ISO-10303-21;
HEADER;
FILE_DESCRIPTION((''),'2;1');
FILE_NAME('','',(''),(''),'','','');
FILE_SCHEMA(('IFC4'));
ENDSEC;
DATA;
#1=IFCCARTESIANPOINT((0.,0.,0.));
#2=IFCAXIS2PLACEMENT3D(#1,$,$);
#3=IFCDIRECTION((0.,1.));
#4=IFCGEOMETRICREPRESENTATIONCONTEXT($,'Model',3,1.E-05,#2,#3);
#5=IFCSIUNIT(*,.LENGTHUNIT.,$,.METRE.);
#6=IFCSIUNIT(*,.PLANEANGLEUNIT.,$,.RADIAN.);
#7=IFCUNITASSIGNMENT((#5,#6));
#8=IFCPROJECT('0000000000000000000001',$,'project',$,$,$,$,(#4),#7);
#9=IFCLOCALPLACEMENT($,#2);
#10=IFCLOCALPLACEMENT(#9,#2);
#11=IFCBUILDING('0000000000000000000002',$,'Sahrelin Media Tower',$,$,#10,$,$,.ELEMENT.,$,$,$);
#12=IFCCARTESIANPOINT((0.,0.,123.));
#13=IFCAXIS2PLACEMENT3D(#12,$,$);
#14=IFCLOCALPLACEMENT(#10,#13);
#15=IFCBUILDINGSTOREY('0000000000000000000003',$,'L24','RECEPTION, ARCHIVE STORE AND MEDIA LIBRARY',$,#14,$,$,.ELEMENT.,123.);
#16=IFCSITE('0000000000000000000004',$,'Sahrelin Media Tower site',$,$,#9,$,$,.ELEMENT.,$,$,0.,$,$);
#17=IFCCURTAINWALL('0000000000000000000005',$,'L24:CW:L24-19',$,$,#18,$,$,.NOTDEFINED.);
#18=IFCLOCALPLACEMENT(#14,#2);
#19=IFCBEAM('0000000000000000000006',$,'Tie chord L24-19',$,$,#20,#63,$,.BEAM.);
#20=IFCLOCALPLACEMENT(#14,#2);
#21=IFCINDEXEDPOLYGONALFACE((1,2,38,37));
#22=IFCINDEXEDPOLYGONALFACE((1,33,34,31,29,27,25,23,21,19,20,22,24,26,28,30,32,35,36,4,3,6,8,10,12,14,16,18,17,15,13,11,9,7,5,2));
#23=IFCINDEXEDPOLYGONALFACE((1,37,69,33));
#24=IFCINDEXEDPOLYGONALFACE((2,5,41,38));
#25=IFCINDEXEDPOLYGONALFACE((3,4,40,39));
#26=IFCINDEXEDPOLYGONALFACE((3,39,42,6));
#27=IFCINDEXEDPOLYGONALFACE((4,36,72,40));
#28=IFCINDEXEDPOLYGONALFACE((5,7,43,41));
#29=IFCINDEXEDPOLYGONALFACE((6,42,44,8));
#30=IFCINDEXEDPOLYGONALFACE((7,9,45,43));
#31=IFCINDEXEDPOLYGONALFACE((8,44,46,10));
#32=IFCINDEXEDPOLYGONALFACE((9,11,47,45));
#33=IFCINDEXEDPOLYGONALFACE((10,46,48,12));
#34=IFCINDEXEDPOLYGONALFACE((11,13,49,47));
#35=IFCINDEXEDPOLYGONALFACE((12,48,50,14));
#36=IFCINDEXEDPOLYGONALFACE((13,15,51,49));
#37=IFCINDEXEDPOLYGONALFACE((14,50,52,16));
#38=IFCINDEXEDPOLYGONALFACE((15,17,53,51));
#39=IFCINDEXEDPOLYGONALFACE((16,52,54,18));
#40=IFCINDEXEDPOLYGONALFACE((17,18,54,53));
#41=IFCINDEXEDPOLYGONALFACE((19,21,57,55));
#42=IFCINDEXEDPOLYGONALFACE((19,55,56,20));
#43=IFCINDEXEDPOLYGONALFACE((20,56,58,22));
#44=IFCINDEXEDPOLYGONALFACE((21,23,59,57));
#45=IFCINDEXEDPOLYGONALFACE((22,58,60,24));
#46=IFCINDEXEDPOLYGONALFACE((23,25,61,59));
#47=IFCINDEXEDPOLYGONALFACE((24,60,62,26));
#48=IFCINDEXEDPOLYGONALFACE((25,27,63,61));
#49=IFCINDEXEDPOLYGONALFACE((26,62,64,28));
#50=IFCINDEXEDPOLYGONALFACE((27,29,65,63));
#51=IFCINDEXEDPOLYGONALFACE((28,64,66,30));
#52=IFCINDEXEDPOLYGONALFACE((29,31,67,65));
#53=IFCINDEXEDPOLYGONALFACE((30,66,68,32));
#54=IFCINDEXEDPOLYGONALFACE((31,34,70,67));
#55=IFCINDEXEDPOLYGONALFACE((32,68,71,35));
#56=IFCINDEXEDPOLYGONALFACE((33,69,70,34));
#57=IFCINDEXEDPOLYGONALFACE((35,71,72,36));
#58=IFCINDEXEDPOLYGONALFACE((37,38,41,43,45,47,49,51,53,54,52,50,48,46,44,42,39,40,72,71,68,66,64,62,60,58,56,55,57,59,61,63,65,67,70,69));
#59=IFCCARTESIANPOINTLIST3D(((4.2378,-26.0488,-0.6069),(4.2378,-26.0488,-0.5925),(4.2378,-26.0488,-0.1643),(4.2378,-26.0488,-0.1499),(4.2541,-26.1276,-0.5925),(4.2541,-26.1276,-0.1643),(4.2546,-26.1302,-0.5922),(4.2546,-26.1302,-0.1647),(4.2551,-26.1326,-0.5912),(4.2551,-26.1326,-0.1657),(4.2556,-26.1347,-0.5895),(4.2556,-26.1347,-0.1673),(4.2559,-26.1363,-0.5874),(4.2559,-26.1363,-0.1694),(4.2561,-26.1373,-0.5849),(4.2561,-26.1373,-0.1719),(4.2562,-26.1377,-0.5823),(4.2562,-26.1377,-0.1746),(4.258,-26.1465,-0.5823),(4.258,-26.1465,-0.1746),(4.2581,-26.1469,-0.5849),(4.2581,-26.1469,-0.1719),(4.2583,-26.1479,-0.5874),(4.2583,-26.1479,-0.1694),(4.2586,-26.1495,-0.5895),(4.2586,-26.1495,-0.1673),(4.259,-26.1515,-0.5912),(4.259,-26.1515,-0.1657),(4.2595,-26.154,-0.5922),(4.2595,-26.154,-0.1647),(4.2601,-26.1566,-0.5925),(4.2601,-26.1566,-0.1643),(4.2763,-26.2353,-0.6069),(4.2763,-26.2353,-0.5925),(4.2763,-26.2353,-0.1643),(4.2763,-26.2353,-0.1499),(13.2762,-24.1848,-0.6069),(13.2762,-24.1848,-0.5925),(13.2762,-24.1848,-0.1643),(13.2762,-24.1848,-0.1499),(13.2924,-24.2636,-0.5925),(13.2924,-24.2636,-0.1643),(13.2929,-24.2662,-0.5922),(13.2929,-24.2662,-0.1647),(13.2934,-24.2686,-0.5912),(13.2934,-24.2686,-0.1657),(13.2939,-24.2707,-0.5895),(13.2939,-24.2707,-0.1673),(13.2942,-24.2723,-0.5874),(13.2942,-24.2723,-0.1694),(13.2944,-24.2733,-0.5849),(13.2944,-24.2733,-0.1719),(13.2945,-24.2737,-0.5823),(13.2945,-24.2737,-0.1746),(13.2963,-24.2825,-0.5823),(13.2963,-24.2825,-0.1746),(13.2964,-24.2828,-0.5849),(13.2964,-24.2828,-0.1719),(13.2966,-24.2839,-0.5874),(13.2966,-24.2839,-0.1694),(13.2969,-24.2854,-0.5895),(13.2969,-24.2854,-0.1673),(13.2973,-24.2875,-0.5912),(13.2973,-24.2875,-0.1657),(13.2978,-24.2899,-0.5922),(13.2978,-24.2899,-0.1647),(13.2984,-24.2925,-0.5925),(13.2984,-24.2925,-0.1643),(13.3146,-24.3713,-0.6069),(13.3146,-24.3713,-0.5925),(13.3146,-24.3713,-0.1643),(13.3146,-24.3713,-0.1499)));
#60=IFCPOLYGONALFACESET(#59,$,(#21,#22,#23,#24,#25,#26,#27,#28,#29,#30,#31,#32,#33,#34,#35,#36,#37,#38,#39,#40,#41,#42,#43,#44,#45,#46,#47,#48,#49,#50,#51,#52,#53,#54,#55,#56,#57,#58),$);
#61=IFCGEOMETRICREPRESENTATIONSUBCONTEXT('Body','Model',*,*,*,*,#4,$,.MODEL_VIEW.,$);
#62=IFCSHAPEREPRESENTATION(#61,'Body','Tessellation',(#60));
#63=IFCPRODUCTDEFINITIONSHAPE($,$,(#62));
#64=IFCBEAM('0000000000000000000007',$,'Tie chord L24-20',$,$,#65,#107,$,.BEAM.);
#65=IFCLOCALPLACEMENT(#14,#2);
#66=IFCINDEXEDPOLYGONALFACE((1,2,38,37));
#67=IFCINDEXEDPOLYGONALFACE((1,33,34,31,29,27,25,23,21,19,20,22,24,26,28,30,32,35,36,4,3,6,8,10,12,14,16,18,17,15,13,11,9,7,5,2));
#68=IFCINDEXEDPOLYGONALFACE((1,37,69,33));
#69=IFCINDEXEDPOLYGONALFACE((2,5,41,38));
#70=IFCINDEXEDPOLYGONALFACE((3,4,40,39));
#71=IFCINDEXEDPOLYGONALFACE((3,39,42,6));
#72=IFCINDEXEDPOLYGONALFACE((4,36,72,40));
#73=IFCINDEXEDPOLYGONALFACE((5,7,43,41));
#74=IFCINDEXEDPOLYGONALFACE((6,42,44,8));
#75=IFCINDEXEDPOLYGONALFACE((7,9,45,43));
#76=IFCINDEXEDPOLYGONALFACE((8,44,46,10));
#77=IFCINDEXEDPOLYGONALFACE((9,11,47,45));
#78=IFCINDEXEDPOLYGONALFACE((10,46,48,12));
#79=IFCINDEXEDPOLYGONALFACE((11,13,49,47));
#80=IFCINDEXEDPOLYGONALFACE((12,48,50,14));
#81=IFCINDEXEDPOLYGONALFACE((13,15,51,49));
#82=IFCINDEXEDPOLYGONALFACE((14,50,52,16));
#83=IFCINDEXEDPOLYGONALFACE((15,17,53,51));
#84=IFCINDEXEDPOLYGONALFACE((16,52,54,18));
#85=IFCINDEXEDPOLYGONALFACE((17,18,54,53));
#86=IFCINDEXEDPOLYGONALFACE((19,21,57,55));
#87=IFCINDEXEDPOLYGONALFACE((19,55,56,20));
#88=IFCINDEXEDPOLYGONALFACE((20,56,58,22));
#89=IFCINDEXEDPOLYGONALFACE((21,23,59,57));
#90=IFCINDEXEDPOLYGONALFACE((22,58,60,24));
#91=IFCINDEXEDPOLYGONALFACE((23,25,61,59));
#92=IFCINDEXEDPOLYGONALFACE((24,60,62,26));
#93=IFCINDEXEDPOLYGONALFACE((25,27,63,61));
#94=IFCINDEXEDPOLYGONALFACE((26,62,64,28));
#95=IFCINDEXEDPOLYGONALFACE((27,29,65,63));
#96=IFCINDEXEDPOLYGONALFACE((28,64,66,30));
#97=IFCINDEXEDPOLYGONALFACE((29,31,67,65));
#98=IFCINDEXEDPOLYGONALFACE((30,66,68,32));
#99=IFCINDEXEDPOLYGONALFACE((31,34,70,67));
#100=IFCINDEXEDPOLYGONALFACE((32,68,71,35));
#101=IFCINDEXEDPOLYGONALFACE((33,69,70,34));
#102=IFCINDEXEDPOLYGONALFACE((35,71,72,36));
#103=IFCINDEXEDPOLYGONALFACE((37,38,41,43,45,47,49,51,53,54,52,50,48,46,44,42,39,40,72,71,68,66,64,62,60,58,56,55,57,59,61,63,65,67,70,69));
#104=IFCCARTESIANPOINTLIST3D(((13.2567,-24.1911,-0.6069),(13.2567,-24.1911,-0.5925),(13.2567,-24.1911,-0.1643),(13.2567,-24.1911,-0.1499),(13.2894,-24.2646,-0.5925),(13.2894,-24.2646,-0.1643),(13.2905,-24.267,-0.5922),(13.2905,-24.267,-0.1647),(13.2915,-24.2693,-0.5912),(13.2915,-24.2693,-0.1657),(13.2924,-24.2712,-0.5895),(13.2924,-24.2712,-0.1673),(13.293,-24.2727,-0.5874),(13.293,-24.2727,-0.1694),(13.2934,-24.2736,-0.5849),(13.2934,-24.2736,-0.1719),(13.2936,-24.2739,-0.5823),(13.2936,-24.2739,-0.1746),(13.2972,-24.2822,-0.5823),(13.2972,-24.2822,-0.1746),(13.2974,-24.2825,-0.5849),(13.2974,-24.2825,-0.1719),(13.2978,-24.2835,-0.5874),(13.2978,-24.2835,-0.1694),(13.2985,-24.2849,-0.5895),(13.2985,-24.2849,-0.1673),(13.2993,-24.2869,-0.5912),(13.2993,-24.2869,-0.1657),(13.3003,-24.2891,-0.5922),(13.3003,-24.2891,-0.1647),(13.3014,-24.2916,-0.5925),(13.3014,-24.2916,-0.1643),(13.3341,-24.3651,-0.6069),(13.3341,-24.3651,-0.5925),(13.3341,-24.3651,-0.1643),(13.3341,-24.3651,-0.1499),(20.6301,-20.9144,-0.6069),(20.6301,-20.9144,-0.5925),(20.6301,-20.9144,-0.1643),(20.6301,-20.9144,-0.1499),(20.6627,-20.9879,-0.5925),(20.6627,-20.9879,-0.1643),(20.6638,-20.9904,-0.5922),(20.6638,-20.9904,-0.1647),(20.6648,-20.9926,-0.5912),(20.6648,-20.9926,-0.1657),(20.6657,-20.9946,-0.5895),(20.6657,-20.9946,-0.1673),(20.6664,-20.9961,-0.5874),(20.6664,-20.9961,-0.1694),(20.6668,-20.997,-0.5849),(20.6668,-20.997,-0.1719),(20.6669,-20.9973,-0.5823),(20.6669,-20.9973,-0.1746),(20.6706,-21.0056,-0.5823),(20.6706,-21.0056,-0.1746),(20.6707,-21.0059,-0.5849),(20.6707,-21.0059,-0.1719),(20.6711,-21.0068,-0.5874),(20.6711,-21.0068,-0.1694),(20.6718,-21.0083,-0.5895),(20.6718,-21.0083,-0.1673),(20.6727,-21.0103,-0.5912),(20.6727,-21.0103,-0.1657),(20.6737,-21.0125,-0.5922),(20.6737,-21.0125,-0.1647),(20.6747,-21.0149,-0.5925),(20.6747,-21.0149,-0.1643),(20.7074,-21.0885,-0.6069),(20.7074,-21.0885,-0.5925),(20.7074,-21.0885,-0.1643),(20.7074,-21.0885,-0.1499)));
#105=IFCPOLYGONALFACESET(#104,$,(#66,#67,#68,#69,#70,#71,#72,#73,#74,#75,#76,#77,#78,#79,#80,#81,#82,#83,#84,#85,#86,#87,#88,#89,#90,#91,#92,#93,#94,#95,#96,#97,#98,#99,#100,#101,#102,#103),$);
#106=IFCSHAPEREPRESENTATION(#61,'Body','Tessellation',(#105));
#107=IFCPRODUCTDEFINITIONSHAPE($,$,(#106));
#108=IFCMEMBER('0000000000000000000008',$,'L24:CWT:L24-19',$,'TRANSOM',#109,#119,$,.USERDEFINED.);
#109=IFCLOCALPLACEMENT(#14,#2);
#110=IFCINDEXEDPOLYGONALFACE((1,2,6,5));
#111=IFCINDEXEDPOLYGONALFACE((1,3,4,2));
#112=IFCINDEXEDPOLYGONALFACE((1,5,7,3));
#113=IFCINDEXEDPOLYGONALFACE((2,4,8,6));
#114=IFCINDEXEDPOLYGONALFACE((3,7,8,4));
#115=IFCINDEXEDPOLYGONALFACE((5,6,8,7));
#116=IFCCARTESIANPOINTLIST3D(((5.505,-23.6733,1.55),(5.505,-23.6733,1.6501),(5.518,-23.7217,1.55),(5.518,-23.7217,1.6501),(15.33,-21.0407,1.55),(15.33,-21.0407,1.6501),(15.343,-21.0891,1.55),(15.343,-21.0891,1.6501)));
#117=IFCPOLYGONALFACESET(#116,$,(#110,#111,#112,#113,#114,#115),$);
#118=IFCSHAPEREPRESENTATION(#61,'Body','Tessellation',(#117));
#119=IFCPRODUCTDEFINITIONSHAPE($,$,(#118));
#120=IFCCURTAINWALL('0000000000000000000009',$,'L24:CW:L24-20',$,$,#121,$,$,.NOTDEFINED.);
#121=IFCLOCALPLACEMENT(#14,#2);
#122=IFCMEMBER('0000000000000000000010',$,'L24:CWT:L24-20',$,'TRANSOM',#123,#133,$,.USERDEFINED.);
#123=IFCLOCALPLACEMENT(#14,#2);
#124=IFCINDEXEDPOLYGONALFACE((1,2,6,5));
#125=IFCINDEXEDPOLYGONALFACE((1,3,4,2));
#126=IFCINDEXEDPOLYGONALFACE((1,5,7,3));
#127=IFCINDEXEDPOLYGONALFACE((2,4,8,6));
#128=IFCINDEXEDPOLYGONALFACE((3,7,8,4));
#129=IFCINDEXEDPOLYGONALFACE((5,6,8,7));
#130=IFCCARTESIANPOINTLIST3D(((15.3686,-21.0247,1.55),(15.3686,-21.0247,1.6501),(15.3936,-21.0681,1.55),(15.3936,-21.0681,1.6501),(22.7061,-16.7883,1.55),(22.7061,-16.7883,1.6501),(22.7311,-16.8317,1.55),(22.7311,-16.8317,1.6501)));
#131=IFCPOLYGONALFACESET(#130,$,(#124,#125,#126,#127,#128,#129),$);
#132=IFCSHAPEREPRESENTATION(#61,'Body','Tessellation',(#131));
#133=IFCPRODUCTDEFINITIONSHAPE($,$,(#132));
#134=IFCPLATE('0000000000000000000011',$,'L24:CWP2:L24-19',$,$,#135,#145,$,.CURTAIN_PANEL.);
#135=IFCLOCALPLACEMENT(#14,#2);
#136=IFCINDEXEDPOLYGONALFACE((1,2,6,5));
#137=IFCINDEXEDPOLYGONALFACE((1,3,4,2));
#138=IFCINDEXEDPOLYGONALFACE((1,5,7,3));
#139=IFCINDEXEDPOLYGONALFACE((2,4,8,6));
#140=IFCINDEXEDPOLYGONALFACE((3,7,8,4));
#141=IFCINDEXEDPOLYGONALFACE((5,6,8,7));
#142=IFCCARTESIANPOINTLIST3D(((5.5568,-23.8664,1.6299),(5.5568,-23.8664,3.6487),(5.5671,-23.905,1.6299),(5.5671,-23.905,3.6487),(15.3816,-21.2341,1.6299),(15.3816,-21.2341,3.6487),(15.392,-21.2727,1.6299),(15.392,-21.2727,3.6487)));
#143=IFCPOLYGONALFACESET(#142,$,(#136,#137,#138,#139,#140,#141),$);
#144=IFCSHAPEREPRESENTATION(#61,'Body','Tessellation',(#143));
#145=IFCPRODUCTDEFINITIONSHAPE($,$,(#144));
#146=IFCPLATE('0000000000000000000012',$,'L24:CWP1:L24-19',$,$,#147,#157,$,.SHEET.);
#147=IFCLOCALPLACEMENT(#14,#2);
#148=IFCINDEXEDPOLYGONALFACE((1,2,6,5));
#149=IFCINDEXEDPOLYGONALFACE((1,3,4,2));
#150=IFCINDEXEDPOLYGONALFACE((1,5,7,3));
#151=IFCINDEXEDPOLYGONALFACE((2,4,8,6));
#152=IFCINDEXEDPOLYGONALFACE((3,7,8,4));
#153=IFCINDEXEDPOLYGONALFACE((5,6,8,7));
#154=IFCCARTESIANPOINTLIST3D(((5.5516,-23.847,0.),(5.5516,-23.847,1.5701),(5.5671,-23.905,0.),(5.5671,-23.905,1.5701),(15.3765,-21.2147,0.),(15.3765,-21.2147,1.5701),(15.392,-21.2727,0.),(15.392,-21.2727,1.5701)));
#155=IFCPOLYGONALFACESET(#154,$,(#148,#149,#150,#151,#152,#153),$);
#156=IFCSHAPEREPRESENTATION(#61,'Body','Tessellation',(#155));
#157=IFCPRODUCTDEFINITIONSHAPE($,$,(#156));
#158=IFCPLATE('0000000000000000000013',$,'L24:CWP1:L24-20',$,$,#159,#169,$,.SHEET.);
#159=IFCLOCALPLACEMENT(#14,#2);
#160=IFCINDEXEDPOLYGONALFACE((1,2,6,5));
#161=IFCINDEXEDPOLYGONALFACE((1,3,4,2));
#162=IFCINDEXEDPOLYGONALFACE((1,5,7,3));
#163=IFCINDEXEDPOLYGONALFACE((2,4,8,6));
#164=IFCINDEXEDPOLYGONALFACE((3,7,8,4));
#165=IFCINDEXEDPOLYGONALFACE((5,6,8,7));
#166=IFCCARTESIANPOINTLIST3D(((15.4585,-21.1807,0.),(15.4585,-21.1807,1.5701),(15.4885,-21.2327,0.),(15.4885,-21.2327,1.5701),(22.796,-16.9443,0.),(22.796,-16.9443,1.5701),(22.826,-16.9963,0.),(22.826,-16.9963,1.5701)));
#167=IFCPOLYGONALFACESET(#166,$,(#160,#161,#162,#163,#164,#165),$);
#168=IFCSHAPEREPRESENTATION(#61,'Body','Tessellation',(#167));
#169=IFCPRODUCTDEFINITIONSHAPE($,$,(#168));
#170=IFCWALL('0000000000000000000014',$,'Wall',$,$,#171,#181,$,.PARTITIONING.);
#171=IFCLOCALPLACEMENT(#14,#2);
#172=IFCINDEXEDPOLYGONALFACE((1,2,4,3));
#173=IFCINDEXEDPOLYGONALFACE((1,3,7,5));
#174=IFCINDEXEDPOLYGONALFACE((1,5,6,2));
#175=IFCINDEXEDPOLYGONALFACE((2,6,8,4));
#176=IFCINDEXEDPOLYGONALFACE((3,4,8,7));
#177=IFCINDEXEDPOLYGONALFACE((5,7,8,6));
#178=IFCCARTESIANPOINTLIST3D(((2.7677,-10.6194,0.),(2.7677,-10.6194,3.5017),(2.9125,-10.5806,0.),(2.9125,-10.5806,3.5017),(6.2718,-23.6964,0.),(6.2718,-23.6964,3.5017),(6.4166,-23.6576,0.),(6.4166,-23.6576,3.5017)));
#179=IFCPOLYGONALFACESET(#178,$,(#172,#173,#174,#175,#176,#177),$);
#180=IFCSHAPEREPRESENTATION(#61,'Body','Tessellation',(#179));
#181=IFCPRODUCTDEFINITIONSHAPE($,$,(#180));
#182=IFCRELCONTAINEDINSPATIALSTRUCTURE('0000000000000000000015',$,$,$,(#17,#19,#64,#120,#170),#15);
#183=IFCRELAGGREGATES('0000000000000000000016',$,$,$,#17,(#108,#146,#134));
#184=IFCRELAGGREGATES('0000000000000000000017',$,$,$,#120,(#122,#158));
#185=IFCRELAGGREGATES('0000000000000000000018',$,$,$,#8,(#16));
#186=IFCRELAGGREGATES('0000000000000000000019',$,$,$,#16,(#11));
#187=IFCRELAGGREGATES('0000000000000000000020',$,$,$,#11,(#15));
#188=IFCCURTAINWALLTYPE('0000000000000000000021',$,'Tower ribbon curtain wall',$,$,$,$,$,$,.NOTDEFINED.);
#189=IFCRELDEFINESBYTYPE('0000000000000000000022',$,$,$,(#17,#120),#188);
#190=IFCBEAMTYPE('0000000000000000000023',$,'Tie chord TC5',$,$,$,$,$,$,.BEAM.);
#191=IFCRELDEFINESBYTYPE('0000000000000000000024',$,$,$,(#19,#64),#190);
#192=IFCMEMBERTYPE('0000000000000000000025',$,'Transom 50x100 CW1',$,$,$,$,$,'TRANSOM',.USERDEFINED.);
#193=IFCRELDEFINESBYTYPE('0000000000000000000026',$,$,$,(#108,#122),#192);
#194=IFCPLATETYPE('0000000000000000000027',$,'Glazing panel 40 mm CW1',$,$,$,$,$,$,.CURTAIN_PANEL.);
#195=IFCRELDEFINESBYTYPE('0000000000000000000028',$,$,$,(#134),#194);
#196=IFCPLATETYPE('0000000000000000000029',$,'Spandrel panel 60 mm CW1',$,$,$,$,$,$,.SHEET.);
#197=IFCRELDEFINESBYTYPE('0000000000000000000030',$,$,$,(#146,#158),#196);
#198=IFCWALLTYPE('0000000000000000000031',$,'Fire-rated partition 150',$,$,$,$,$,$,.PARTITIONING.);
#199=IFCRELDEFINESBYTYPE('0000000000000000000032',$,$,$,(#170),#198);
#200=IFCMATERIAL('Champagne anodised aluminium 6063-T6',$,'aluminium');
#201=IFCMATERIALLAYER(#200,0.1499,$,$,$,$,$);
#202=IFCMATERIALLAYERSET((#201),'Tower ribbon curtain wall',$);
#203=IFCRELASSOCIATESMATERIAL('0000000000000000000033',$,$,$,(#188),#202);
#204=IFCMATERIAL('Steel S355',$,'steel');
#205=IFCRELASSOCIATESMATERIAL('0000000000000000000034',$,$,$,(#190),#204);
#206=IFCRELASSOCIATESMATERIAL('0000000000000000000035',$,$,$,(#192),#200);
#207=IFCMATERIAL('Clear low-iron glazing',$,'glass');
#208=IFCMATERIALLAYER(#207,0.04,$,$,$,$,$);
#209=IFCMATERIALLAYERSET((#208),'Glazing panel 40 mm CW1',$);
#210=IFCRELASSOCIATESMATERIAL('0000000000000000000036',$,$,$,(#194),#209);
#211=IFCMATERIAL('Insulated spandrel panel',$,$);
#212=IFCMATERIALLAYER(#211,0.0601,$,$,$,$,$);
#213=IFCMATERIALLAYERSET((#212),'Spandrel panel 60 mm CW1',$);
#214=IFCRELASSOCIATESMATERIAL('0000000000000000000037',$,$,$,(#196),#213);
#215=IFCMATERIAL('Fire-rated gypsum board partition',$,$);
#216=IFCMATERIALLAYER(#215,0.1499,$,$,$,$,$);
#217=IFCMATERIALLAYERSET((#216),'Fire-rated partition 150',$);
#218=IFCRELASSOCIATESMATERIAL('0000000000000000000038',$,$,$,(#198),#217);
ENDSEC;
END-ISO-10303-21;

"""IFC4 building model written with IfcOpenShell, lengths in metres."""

from ifc_helpers import new_model, si_unit, direction, frame, frame_2d, origin, origin_2d, place, context, subcontext, project, spatial, polyline, rectangle, i_section, outline, extrude, material, layer, layer_set, material_profile, profile_set, type_object, element, aggregate, save


model = new_model("IFC4")

# Units and contexts
model_context = context("Model", 3, precision=1e-05, world=origin(), true_north=direction((0.0, 1.0)))
body_context = subcontext(model_context, "Body", "Model", "MODEL_VIEW")
ifc_project = project(units=[si_unit("LENGTHUNIT", "METRE"), si_unit("PLANEANGLEUNIT", "RADIAN")], contexts=[model_context])

# Site, building, storey
site_placement = place(None, origin())
site = spatial("IfcSite", under=ifc_project, at=site_placement, Name="Sahrelin Media Tower site", CompositionType="ELEMENT", RefElevation=0.0)
building_placement = place(site_placement, origin())
building = spatial("IfcBuilding", under=site, at=building_placement, Name="Sahrelin Media Tower", CompositionType="ELEMENT")
storey_placement = place(building_placement, frame((0.0, 0.0, 123.0)))
storey = spatial("IfcBuildingStorey", under=building, at=storey_placement, Name="L24", Description="RECEPTION, ARCHIVE STORE AND MEDIA LIBRARY", CompositionType="ELEMENT", Elevation=123.0)

# Shared definitions
ifc_material_1 = material(Name="Steel S355", Category="steel")

# Curtain wall
ifc_material_2 = material(Name="Champagne anodised aluminium 6063-T6", Category="aluminium")
ifc_layer_1 = layer(ifc_material_2, 0.1499)
ifc_layer_set_1 = layer_set([ifc_layer_1], Name="Tower ribbon curtain wall")
curtain_wall_type = type_object("IfcCurtainWallType", Name="Tower ribbon curtain wall", PredefinedType="NOTDEFINED", material=ifc_layer_set_1)
curtain_wall_1_placement = place(storey_placement, frame((10.4744, -22.5696, 0.0), z_axis=(0.0, 0.0, 1.0), x_axis=(1.0, 0.0, 0.0)))
curtain_wall_1 = element("IfcCurtainWall", 1, at=curtain_wall_1_placement, inside=storey, type_object=curtain_wall_type, Name="L24:CW:L24-19", PredefinedType="NOTDEFINED")

# Beams
ifc_material_profile_1 = material_profile(ifc_material_1, i_section(OverallWidth=0.1904, OverallDepth=0.457, WebThickness=0.009, FlangeThickness=0.0144, FilletRadius=0.0103, at=origin_2d()), Name="UB 457x191x74")
ifc_profile_set_1 = profile_set([ifc_material_profile_1], Name="Steel S355")
beam_type_1 = type_object("IfcBeamType", Name="Tie chord TC5", PredefinedType="BEAM", material=ifc_profile_set_1)
beam_1_placement = place(storey_placement, frame((4.2571, -26.1421, -0.3784), z_axis=(0.979389, 0.201984, 0.0), x_axis=(-0.201984, 0.979389, 0.0)))
element("IfcBeam", 2, at=beam_1_placement, inside=storey, type_object=beam_type_1, Name="Tie chord L24-19", PredefinedType="BEAM", context=body_context, shape_type="SweptSolid", body=[
    extrude(i_section(OverallWidth=0.1904, OverallDepth=0.457, WebThickness=0.009, FlangeThickness=0.0144, FilletRadius=0.0103, at=origin_2d()), origin(), (0.0, 0.0, 1.0), 9.2285),
])
beam_2_placement = place(storey_placement, frame((13.2954, -24.2781, -0.3784), z_axis=(0.91383, 0.406096, 0.0), x_axis=(-0.406096, 0.91383, 0.0)))
element("IfcBeam", 3, at=beam_2_placement, inside=storey, type_object=beam_type_1, Name="Tie chord L24-20", PredefinedType="BEAM", context=body_context, shape_type="SweptSolid", body=[
    extrude(i_section(OverallWidth=0.1904, OverallDepth=0.457, WebThickness=0.009, FlangeThickness=0.0144, FilletRadius=0.0103, at=origin_2d()), origin(), (0.0, 0.0, 1.0), 8.0686),
])

# Member
ifc_material_profile_2 = material_profile(ifc_material_2, rectangle(XDim=0.05, YDim=0.1001, at=origin_2d()), Name="Transom 50x100")
ifc_profile_set_2 = profile_set([ifc_material_profile_2], Name="Champagne anodised aluminium 6063-T6")
member_type_1 = type_object("IfcMemberType", Name="Transom 50x100 CW1", ElementType="TRANSOM", PredefinedType="USERDEFINED", material=ifc_profile_set_2)
member_1_placement = place(storey_placement, frame((5.5115, -23.6975, 1.6001), z_axis=(0.965926, 0.258817, 0.0), x_axis=(-0.258817, 0.965926, 0.0)))
member_1 = element("IfcMember", 4, at=member_1_placement, type_object=member_type_1, Name="L24:CWT:L24-19", ObjectType="TRANSOM", PredefinedType="USERDEFINED", context=body_context, shape_type="SweptSolid", body=[
    extrude(rectangle(XDim=0.05, YDim=0.1001, at=origin_2d()), origin(), (0.0, 0.0, 1.0), 10.1716),
])

# Curtain wall, member
curtain_wall_2_placement = place(storey_placement, frame((19.1472, -19.0972, 0.0), z_axis=(0.0, 0.0, 1.0), x_axis=(1.0, 0.0, 0.0)))
curtain_wall_2 = element("IfcCurtainWall", 5, at=curtain_wall_2_placement, inside=storey, type_object=curtain_wall_type, Name="L24:CW:L24-20", PredefinedType="NOTDEFINED")
member_2_placement = place(storey_placement, frame((15.3811, -21.0464, 1.6001), z_axis=(0.866021, 0.500007, 0.0), x_axis=(-0.500007, 0.866021, 0.0)))
member_2 = element("IfcMember", 6, at=member_2_placement, type_object=member_type_1, Name="L24:CWT:L24-20", ObjectType="TRANSOM", PredefinedType="USERDEFINED", context=body_context, shape_type="SweptSolid", body=[
    extrude(rectangle(XDim=0.05, YDim=0.1001, at=origin_2d()), origin(), (0.0, 0.0, 1.0), 8.4727),
])

# Plates
ifc_material_3 = material(Name="Clear low-iron glazing", Category="glass")
ifc_layer_2 = layer(ifc_material_3, 0.04)
ifc_layer_set_2 = layer_set([ifc_layer_2], Name="Glazing panel 40 mm CW1")
plate_type_1 = type_object("IfcPlateType", Name="Glazing panel 40 mm CW1", PredefinedType="CURTAIN_PANEL", material=ifc_layer_set_2)
plate_1_placement = place(storey_placement, frame((5.5671, -23.905, 1.6299), z_axis=(0.258795, -0.965932, 0.0), x_axis=(0.965932, 0.258795, 0.0)))
plate_1 = element("IfcPlate", 7, at=plate_1_placement, type_object=plate_type_1, Name="L24:CWP2:L24-19", PredefinedType="CURTAIN_PANEL", context=body_context, shape_type="SweptSolid", body=[
    extrude(outline(polyline([(0.0, 0.0), (10.1714, 0.0), (10.1714, 2.0188), (0.0, 2.0188), (0.0, 0.0)])), origin(), (0.0, 0.0, -1.0), 0.04),
])
ifc_material_4 = material(Name="Insulated spandrel panel")
ifc_layer_3 = layer(ifc_material_4, 0.0601)
ifc_layer_set_3 = layer_set([ifc_layer_3], Name="Spandrel panel 60 mm CW1")
plate_type_2 = type_object("IfcPlateType", Name="Spandrel panel 60 mm CW1", PredefinedType="SHEET", material=ifc_layer_set_3)
plate_2_placement = place(storey_placement, frame((5.5671, -23.905, 0.0), z_axis=(0.258795, -0.965932, 0.0), x_axis=(0.965932, 0.258795, 0.0)))
plate_2 = element("IfcPlate", 8, at=plate_2_placement, type_object=plate_type_2, Name="L24:CWP1:L24-19", PredefinedType="SHEET", context=body_context, shape_type="SweptSolid", body=[
    extrude(outline(polyline([(0.0, 0.0), (10.1714, 0.0), (10.1714, 1.5701), (0.0, 1.5701), (0.0, 0.0)])), origin(), (0.0, 0.0, -1.0), 0.0601),
])
aggregate(curtain_wall_1, [member_1, plate_2, plate_1])
plate_3_placement = place(storey_placement, frame((15.4885, -21.2327, 0.0), z_axis=(0.500007, -0.866021, 0.0), x_axis=(0.866021, 0.500007, 0.0)))
plate_3 = element("IfcPlate", 9, at=plate_3_placement, type_object=plate_type_2, Name="L24:CWP1:L24-20", PredefinedType="SHEET", context=body_context, shape_type="SweptSolid", body=[
    extrude(outline(polyline([(0.0, 0.0), (8.4727, 0.0), (8.4727, 1.5701), (0.0, 1.5701), (0.0, 0.0)])), origin(), (0.0, 0.0, -1.0), 0.0601),
])
aggregate(curtain_wall_2, [member_2, plate_3])

# Wall
ifc_material_5 = material(Name="Fire-rated gypsum board partition")
ifc_layer_4 = layer(ifc_material_5, 0.1499)
ifc_layer_set_4 = layer_set([ifc_layer_4], Name="Fire-rated partition 150")
wall_type_1 = type_object("IfcWallType", Name="Fire-rated partition 150", PredefinedType="PARTITIONING", material=ifc_layer_set_4)
wall_1_placement = place(storey_placement, frame((2.8401, -10.6001, 0.0), z_axis=(0.0, 0.0, 1.0), x_axis=(0.258833, -0.965922, 0.0)))
element("IfcWall", 10, at=wall_1_placement, inside=storey, type_object=wall_type_1, Name="Wall", PredefinedType="PARTITIONING", context=body_context, shape_type="SweptSolid", body=[
    extrude(rectangle(XDim=13.5383, YDim=0.1499, at=frame_2d((6.769, 0.0))), origin(), (0.0, 0.0, 1.0), 3.5017),
])

save(model, "model.ifc")
